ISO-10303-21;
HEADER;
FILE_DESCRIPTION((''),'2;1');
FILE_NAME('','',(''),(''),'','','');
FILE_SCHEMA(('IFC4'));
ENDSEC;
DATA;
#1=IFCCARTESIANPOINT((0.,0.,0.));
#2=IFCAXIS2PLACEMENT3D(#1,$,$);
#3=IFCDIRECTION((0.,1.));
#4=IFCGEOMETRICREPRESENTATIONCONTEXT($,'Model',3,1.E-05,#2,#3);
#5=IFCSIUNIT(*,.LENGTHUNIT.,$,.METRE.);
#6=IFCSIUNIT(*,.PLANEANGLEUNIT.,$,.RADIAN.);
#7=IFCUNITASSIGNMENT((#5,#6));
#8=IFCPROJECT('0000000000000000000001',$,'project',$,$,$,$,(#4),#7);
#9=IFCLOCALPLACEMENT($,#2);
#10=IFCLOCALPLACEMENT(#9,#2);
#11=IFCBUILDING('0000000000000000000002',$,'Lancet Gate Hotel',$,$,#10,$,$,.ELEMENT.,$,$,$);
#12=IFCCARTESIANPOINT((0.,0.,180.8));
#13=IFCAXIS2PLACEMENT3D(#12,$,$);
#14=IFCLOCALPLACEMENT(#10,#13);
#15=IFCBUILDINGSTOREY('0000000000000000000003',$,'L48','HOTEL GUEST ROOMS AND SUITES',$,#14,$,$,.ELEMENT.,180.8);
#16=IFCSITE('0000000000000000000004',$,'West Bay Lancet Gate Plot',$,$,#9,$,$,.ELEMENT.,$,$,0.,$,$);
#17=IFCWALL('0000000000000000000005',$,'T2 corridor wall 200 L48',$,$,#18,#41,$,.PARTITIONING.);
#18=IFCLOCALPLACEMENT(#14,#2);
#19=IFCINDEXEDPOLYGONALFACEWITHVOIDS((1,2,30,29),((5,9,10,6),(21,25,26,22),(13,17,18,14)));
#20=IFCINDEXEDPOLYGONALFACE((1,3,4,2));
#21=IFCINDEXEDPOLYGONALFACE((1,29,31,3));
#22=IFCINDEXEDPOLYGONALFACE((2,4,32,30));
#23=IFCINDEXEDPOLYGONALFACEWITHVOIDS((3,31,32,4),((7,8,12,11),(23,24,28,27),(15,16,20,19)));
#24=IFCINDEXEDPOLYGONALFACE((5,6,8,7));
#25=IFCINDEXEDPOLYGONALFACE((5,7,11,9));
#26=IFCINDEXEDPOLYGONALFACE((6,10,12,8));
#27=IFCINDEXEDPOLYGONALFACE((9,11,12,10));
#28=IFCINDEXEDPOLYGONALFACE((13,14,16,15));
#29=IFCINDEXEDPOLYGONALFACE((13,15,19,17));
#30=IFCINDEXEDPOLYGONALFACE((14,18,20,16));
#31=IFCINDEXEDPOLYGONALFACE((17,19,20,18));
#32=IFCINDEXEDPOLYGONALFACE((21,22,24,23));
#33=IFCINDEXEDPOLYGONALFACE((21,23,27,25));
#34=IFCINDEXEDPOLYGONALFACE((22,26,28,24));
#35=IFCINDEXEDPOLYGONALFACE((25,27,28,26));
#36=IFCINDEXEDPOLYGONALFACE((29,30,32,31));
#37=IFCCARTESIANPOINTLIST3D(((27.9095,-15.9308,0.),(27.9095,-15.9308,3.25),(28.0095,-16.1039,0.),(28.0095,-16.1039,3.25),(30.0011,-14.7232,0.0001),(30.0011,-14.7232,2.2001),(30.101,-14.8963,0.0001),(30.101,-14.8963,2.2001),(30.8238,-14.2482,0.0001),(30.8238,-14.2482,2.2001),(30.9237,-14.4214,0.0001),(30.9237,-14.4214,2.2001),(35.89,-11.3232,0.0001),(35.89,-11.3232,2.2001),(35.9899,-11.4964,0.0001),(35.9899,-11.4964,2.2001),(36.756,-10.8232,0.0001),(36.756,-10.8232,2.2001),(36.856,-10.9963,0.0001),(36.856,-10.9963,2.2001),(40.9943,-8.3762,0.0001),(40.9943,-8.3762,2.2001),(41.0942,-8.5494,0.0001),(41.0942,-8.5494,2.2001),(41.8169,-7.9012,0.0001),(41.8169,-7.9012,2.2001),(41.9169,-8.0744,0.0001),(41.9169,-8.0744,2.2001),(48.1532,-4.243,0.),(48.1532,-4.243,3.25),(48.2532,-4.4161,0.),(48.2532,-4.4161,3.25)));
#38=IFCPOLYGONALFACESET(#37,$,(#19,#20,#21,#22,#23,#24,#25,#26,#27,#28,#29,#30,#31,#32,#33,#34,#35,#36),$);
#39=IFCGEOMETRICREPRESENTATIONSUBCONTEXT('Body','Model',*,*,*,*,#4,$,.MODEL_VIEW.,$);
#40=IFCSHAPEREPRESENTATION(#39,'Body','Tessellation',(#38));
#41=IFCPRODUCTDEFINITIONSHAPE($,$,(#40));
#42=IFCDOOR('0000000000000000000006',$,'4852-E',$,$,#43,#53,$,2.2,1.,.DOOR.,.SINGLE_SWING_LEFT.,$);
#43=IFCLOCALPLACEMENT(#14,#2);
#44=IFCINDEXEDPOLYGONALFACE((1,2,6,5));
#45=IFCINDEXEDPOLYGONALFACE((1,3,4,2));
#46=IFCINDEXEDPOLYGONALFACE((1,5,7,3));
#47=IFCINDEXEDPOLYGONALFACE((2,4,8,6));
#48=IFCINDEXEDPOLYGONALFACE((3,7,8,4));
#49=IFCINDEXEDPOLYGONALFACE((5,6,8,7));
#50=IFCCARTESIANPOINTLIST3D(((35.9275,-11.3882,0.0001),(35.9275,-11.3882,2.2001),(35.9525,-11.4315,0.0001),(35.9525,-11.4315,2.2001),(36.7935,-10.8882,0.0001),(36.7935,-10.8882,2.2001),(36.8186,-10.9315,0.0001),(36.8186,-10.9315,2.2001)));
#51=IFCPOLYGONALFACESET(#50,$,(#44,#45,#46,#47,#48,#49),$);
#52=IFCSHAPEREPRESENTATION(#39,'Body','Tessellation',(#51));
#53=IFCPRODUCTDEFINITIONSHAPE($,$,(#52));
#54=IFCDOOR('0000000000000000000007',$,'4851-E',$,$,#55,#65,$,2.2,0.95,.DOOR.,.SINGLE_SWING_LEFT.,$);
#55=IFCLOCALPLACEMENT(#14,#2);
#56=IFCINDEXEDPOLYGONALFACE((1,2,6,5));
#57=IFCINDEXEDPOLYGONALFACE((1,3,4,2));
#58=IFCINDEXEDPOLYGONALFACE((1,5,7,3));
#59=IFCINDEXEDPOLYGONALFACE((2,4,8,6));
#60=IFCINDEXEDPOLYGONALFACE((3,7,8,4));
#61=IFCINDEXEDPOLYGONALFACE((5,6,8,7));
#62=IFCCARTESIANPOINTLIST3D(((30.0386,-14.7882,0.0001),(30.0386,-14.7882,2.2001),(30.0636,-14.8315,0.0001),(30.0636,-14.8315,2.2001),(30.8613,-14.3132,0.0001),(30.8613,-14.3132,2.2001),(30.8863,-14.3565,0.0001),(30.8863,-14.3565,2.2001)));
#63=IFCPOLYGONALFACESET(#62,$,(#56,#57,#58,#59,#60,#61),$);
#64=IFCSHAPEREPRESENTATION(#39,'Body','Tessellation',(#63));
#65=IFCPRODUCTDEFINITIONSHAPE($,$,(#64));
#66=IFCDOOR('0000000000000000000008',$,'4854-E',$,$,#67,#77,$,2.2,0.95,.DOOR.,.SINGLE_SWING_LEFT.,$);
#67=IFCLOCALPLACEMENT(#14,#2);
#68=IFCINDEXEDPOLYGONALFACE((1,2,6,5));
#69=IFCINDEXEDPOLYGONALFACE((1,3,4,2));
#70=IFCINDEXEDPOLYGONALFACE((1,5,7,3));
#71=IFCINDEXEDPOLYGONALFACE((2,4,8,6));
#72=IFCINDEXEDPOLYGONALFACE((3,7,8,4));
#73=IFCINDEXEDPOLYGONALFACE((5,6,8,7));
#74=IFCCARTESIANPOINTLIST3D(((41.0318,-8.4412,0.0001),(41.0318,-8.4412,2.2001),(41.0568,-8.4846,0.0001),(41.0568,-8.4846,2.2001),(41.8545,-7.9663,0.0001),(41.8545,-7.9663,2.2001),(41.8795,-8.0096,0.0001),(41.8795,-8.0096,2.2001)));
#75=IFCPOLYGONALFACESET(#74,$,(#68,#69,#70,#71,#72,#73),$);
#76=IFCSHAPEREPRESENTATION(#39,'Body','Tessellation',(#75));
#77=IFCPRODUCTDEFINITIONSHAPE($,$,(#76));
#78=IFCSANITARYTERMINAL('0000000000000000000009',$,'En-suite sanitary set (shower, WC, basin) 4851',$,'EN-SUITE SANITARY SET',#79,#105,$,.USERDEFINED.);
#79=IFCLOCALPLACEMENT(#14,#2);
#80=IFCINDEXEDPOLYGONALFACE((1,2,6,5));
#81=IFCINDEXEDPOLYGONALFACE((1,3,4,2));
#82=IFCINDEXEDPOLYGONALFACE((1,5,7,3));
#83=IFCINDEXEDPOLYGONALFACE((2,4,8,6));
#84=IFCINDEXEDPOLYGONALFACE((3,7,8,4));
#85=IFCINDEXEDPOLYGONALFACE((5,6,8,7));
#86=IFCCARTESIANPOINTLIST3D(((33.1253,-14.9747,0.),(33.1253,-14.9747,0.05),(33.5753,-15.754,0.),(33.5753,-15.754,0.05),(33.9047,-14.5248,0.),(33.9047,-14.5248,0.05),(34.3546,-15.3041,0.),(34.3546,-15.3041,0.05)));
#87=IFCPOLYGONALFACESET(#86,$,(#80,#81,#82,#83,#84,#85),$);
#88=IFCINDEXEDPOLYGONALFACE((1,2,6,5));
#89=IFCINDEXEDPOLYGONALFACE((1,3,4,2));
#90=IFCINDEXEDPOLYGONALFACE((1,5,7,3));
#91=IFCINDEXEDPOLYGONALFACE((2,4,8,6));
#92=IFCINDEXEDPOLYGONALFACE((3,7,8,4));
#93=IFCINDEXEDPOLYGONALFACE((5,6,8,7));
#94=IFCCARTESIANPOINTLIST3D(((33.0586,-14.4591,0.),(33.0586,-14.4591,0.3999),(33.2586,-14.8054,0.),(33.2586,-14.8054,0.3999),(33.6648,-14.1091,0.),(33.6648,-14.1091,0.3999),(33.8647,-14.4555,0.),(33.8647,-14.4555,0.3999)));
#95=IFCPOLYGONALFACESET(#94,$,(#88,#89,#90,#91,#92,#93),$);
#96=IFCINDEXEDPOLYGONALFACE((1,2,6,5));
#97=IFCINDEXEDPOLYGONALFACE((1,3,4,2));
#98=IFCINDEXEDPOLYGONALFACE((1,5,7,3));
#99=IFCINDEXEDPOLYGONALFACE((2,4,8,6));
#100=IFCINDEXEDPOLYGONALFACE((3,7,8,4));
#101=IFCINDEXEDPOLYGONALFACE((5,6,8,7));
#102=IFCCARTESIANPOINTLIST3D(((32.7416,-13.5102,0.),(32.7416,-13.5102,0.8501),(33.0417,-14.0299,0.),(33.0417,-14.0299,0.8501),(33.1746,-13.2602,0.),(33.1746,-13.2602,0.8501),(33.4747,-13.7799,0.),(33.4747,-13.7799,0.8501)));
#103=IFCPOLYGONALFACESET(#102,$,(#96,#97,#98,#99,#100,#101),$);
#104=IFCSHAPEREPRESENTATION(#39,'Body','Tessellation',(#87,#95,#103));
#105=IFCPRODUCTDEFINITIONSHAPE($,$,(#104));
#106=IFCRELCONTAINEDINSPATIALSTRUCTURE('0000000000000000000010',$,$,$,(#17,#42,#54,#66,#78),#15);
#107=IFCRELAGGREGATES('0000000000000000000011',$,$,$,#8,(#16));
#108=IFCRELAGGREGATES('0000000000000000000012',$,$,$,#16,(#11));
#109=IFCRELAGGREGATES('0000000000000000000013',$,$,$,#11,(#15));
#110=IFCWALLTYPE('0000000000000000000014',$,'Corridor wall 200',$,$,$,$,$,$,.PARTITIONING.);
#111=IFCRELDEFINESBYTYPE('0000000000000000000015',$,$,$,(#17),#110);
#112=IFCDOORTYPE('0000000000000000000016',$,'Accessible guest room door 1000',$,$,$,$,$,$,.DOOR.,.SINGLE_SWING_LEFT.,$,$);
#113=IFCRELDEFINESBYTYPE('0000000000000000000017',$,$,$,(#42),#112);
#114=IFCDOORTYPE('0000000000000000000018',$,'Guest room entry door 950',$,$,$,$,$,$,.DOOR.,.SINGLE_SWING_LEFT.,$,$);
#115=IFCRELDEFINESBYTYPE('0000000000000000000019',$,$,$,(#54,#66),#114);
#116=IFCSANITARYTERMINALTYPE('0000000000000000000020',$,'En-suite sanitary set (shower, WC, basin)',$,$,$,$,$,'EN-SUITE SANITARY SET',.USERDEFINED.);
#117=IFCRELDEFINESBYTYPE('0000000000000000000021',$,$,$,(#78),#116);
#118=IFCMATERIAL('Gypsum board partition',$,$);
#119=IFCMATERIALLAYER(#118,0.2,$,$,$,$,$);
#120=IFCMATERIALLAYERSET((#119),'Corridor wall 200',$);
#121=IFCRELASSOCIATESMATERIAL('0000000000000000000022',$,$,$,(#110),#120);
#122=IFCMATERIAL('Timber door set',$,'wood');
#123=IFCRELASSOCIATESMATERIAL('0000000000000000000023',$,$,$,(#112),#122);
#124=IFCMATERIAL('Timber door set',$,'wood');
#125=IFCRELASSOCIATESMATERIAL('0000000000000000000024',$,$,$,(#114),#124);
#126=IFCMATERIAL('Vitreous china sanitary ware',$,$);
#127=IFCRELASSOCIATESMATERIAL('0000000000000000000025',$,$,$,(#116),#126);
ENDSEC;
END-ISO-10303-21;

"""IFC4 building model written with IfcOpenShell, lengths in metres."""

from ifc_helpers import new_model, si_unit, direction, frame, frame_2d, origin, origin_2d, place, context, subcontext, project, spatial, rectangle, extrude, material, layer, layer_set, type_object, element, fill, save


model = new_model("IFC4")

# Units and contexts
model_context = context("Model", 3, precision=1e-05, world=origin(), true_north=direction((0.0, 1.0)))
body_context = subcontext(model_context, "Body", "Model", "MODEL_VIEW")
ifc_project = project(units=[si_unit("LENGTHUNIT", "METRE"), si_unit("PLANEANGLEUNIT", "RADIAN")], contexts=[model_context])

# Site, building, storey
site_placement = place(None, origin())
site = spatial("IfcSite", under=ifc_project, at=site_placement, Name="West Bay Lancet Gate Plot", CompositionType="ELEMENT", RefElevation=0.0)
building_placement = place(site_placement, origin())
building = spatial("IfcBuilding", under=site, at=building_placement, Name="Lancet Gate Hotel", CompositionType="ELEMENT")
storey_placement = place(building_placement, frame((0.0, 0.0, 180.8)))
storey = spatial("IfcBuildingStorey", under=building, at=storey_placement, Name="L48", Description="HOTEL GUEST ROOMS AND SUITES", CompositionType="ELEMENT", Elevation=180.8)

# Wall, openings, doors
ifc_material_1 = material(Name="Gypsum board partition")
ifc_layer_1 = layer(ifc_material_1, 0.2)
ifc_layer_set_1 = layer_set([ifc_layer_1], Name="Corridor wall 200")
wall_type_1 = type_object("IfcWallType", Name="Corridor wall 200", PredefinedType="PARTITIONING", material=ifc_layer_set_1)
wall_1_placement = place(storey_placement, frame((27.9595, -16.0173, 0.0), z_axis=(0.0, 0.0, 1.0), x_axis=(0.866024, 0.500002, 0.0)))
wall_1 = element("IfcWall", 1, at=wall_1_placement, inside=storey, type_object=wall_type_1, Name="T2 corridor wall 200 L48", PredefinedType="PARTITIONING", context=body_context, shape_type="SweptSolid", body=[
    extrude(rectangle(XDim=23.3755, YDim=0.2, at=frame_2d((11.6877, 0.0))), origin(), (0.0, 0.0, 1.0), 3.25),
])
opening_1_placement = place(wall_1_placement, frame((2.415, 0.0, 0.0)))
opening_1 = element("IfcOpeningElement", 2, at=opening_1_placement, cuts=wall_1, PredefinedType="OPENING", context=body_context, shape_type="SweptSolid", body=[
    extrude(rectangle(XDim=0.95, YDim=2.2, at=frame_2d((0.4751, 1.1001))), frame((0.0, 0.1099, 0.0), z_axis=(0.0, -1.0, 0.0), x_axis=(1.0, 0.0, 0.0)), (0.0, 0.0, 1.0), 0.22),
])
opening_2_placement = place(wall_1_placement, frame((9.2151, 0.0, 0.0)))
opening_2 = element("IfcOpeningElement", 3, at=opening_2_placement, cuts=wall_1, PredefinedType="OPENING", context=body_context, shape_type="SweptSolid", body=[
    extrude(rectangle(XDim=1.0, YDim=2.2, at=frame_2d((0.5, 1.1001))), frame((0.0, 0.1099, 0.0), z_axis=(0.0, -1.0, 0.0), x_axis=(1.0, 0.0, 0.0)), (0.0, 0.0, 1.0), 0.22),
])
opening_3_placement = place(wall_1_placement, frame((15.1089, 0.0, 0.0)))
opening_3 = element("IfcOpeningElement", 4, at=opening_3_placement, cuts=wall_1, PredefinedType="OPENING", context=body_context, shape_type="SweptSolid", body=[
    extrude(rectangle(XDim=0.95, YDim=2.2, at=frame_2d((0.4751, 1.1001))), frame((0.0, 0.1099, 0.0), z_axis=(0.0, -1.0, 0.0), x_axis=(1.0, 0.0, 0.0)), (0.0, 0.0, 1.0), 0.22),
])
ifc_material_2 = material(Name="Timber door set", Category="wood")
door_type_1 = type_object("IfcDoorType", Name="Accessible guest room door 1000", OperationType="SINGLE_SWING_LEFT", PredefinedType="DOOR", material=ifc_material_2)
door_1_placement = place(opening_2_placement, origin())
door_1 = element("IfcDoor", 5, at=door_1_placement, inside=storey, type_object=door_type_1, Name="4852-E", OperationType="SINGLE_SWING_LEFT", OverallHeight=2.2, OverallWidth=1.0, PredefinedType="DOOR", context=body_context, shape_type="SweptSolid", body=[
    extrude(rectangle(XDim=1.0, YDim=2.2, at=frame_2d((0.5, 1.1001))), frame((0.0, 0.0249, 0.0), z_axis=(0.0, -1.0, 0.0), x_axis=(1.0, 0.0, 0.0)), (0.0, 0.0, 1.0), 0.05),
])
fill(opening_2, door_1)
ifc_material_3 = material(Name="Timber door set", Category="wood")
door_type_2 = type_object("IfcDoorType", Name="Guest room entry door 950", OperationType="SINGLE_SWING_LEFT", PredefinedType="DOOR", material=ifc_material_3)
door_2_placement = place(opening_1_placement, origin())
door_2 = element("IfcDoor", 6, at=door_2_placement, inside=storey, type_object=door_type_2, Name="4851-E", OperationType="SINGLE_SWING_LEFT", OverallHeight=2.2, OverallWidth=0.95, PredefinedType="DOOR", context=body_context, shape_type="SweptSolid", body=[
    extrude(rectangle(XDim=0.95, YDim=2.2, at=frame_2d((0.4751, 1.1001))), frame((0.0, 0.0249, 0.0), z_axis=(0.0, -1.0, 0.0), x_axis=(1.0, 0.0, 0.0)), (0.0, 0.0, 1.0), 0.05),
])
fill(opening_1, door_2)
door_3_placement = place(opening_3_placement, origin())
door_3 = element("IfcDoor", 7, at=door_3_placement, inside=storey, type_object=door_type_2, Name="4854-E", OperationType="SINGLE_SWING_LEFT", OverallHeight=2.2, OverallWidth=0.95, PredefinedType="DOOR", context=body_context, shape_type="SweptSolid", body=[
    extrude(rectangle(XDim=0.95, YDim=2.2, at=frame_2d((0.4751, 1.1001))), frame((0.0, 0.0249, 0.0), z_axis=(0.0, -1.0, 0.0), x_axis=(1.0, 0.0, 0.0)), (0.0, 0.0, 1.0), 0.05),
])
fill(opening_3, door_3)

# Sanitary terminal
ifc_material_4 = material(Name="Vitreous china sanitary ware")
sanitary_terminal_type = type_object("IfcSanitaryTerminalType", Name="En-suite sanitary set (shower, WC, basin)", ElementType="EN-SUITE SANITARY SET", PredefinedType="USERDEFINED", material=ifc_material_4)
sanitary_terminal_placement = place(storey_placement, frame((33.74, -15.1394, 0.0), z_axis=(0.0, 0.0, 1.0), x_axis=(1.0, 0.0, 0.0)))
element("IfcSanitaryTerminal", 8, at=sanitary_terminal_placement, inside=storey, type_object=sanitary_terminal_type, Name="En-suite sanitary set (shower, WC, basin) 4851", ObjectType="EN-SUITE SANITARY SET", PredefinedType="USERDEFINED", context=body_context, shape_type="SweptSolid", body=[
    extrude(rectangle(XDim=0.8999, YDim=0.8999, at=origin_2d()), frame((0.0, 0.0, 0.0), z_axis=(0.0, 0.0, 1.0), x_axis=(0.5, -0.866025, 0.0)), (0.0, 0.0, 1.0), 0.05),
    extrude(rectangle(XDim=0.3999, YDim=0.7, at=origin_2d()), frame((-0.2783, 0.6821, 0.0), z_axis=(0.0, 0.0, 1.0), x_axis=(0.5, -0.866025, 0.0)), (0.0, 0.0, 1.0), 0.3999),
    extrude(rectangle(XDim=0.6001, YDim=0.5, at=origin_2d()), frame((-0.6318, 1.4944, 0.0), z_axis=(0.0, 0.0, 1.0), x_axis=(0.5, -0.866025, 0.0)), (0.0, 0.0, 1.0), 0.8501),
])

save(model, "model.ifc")
